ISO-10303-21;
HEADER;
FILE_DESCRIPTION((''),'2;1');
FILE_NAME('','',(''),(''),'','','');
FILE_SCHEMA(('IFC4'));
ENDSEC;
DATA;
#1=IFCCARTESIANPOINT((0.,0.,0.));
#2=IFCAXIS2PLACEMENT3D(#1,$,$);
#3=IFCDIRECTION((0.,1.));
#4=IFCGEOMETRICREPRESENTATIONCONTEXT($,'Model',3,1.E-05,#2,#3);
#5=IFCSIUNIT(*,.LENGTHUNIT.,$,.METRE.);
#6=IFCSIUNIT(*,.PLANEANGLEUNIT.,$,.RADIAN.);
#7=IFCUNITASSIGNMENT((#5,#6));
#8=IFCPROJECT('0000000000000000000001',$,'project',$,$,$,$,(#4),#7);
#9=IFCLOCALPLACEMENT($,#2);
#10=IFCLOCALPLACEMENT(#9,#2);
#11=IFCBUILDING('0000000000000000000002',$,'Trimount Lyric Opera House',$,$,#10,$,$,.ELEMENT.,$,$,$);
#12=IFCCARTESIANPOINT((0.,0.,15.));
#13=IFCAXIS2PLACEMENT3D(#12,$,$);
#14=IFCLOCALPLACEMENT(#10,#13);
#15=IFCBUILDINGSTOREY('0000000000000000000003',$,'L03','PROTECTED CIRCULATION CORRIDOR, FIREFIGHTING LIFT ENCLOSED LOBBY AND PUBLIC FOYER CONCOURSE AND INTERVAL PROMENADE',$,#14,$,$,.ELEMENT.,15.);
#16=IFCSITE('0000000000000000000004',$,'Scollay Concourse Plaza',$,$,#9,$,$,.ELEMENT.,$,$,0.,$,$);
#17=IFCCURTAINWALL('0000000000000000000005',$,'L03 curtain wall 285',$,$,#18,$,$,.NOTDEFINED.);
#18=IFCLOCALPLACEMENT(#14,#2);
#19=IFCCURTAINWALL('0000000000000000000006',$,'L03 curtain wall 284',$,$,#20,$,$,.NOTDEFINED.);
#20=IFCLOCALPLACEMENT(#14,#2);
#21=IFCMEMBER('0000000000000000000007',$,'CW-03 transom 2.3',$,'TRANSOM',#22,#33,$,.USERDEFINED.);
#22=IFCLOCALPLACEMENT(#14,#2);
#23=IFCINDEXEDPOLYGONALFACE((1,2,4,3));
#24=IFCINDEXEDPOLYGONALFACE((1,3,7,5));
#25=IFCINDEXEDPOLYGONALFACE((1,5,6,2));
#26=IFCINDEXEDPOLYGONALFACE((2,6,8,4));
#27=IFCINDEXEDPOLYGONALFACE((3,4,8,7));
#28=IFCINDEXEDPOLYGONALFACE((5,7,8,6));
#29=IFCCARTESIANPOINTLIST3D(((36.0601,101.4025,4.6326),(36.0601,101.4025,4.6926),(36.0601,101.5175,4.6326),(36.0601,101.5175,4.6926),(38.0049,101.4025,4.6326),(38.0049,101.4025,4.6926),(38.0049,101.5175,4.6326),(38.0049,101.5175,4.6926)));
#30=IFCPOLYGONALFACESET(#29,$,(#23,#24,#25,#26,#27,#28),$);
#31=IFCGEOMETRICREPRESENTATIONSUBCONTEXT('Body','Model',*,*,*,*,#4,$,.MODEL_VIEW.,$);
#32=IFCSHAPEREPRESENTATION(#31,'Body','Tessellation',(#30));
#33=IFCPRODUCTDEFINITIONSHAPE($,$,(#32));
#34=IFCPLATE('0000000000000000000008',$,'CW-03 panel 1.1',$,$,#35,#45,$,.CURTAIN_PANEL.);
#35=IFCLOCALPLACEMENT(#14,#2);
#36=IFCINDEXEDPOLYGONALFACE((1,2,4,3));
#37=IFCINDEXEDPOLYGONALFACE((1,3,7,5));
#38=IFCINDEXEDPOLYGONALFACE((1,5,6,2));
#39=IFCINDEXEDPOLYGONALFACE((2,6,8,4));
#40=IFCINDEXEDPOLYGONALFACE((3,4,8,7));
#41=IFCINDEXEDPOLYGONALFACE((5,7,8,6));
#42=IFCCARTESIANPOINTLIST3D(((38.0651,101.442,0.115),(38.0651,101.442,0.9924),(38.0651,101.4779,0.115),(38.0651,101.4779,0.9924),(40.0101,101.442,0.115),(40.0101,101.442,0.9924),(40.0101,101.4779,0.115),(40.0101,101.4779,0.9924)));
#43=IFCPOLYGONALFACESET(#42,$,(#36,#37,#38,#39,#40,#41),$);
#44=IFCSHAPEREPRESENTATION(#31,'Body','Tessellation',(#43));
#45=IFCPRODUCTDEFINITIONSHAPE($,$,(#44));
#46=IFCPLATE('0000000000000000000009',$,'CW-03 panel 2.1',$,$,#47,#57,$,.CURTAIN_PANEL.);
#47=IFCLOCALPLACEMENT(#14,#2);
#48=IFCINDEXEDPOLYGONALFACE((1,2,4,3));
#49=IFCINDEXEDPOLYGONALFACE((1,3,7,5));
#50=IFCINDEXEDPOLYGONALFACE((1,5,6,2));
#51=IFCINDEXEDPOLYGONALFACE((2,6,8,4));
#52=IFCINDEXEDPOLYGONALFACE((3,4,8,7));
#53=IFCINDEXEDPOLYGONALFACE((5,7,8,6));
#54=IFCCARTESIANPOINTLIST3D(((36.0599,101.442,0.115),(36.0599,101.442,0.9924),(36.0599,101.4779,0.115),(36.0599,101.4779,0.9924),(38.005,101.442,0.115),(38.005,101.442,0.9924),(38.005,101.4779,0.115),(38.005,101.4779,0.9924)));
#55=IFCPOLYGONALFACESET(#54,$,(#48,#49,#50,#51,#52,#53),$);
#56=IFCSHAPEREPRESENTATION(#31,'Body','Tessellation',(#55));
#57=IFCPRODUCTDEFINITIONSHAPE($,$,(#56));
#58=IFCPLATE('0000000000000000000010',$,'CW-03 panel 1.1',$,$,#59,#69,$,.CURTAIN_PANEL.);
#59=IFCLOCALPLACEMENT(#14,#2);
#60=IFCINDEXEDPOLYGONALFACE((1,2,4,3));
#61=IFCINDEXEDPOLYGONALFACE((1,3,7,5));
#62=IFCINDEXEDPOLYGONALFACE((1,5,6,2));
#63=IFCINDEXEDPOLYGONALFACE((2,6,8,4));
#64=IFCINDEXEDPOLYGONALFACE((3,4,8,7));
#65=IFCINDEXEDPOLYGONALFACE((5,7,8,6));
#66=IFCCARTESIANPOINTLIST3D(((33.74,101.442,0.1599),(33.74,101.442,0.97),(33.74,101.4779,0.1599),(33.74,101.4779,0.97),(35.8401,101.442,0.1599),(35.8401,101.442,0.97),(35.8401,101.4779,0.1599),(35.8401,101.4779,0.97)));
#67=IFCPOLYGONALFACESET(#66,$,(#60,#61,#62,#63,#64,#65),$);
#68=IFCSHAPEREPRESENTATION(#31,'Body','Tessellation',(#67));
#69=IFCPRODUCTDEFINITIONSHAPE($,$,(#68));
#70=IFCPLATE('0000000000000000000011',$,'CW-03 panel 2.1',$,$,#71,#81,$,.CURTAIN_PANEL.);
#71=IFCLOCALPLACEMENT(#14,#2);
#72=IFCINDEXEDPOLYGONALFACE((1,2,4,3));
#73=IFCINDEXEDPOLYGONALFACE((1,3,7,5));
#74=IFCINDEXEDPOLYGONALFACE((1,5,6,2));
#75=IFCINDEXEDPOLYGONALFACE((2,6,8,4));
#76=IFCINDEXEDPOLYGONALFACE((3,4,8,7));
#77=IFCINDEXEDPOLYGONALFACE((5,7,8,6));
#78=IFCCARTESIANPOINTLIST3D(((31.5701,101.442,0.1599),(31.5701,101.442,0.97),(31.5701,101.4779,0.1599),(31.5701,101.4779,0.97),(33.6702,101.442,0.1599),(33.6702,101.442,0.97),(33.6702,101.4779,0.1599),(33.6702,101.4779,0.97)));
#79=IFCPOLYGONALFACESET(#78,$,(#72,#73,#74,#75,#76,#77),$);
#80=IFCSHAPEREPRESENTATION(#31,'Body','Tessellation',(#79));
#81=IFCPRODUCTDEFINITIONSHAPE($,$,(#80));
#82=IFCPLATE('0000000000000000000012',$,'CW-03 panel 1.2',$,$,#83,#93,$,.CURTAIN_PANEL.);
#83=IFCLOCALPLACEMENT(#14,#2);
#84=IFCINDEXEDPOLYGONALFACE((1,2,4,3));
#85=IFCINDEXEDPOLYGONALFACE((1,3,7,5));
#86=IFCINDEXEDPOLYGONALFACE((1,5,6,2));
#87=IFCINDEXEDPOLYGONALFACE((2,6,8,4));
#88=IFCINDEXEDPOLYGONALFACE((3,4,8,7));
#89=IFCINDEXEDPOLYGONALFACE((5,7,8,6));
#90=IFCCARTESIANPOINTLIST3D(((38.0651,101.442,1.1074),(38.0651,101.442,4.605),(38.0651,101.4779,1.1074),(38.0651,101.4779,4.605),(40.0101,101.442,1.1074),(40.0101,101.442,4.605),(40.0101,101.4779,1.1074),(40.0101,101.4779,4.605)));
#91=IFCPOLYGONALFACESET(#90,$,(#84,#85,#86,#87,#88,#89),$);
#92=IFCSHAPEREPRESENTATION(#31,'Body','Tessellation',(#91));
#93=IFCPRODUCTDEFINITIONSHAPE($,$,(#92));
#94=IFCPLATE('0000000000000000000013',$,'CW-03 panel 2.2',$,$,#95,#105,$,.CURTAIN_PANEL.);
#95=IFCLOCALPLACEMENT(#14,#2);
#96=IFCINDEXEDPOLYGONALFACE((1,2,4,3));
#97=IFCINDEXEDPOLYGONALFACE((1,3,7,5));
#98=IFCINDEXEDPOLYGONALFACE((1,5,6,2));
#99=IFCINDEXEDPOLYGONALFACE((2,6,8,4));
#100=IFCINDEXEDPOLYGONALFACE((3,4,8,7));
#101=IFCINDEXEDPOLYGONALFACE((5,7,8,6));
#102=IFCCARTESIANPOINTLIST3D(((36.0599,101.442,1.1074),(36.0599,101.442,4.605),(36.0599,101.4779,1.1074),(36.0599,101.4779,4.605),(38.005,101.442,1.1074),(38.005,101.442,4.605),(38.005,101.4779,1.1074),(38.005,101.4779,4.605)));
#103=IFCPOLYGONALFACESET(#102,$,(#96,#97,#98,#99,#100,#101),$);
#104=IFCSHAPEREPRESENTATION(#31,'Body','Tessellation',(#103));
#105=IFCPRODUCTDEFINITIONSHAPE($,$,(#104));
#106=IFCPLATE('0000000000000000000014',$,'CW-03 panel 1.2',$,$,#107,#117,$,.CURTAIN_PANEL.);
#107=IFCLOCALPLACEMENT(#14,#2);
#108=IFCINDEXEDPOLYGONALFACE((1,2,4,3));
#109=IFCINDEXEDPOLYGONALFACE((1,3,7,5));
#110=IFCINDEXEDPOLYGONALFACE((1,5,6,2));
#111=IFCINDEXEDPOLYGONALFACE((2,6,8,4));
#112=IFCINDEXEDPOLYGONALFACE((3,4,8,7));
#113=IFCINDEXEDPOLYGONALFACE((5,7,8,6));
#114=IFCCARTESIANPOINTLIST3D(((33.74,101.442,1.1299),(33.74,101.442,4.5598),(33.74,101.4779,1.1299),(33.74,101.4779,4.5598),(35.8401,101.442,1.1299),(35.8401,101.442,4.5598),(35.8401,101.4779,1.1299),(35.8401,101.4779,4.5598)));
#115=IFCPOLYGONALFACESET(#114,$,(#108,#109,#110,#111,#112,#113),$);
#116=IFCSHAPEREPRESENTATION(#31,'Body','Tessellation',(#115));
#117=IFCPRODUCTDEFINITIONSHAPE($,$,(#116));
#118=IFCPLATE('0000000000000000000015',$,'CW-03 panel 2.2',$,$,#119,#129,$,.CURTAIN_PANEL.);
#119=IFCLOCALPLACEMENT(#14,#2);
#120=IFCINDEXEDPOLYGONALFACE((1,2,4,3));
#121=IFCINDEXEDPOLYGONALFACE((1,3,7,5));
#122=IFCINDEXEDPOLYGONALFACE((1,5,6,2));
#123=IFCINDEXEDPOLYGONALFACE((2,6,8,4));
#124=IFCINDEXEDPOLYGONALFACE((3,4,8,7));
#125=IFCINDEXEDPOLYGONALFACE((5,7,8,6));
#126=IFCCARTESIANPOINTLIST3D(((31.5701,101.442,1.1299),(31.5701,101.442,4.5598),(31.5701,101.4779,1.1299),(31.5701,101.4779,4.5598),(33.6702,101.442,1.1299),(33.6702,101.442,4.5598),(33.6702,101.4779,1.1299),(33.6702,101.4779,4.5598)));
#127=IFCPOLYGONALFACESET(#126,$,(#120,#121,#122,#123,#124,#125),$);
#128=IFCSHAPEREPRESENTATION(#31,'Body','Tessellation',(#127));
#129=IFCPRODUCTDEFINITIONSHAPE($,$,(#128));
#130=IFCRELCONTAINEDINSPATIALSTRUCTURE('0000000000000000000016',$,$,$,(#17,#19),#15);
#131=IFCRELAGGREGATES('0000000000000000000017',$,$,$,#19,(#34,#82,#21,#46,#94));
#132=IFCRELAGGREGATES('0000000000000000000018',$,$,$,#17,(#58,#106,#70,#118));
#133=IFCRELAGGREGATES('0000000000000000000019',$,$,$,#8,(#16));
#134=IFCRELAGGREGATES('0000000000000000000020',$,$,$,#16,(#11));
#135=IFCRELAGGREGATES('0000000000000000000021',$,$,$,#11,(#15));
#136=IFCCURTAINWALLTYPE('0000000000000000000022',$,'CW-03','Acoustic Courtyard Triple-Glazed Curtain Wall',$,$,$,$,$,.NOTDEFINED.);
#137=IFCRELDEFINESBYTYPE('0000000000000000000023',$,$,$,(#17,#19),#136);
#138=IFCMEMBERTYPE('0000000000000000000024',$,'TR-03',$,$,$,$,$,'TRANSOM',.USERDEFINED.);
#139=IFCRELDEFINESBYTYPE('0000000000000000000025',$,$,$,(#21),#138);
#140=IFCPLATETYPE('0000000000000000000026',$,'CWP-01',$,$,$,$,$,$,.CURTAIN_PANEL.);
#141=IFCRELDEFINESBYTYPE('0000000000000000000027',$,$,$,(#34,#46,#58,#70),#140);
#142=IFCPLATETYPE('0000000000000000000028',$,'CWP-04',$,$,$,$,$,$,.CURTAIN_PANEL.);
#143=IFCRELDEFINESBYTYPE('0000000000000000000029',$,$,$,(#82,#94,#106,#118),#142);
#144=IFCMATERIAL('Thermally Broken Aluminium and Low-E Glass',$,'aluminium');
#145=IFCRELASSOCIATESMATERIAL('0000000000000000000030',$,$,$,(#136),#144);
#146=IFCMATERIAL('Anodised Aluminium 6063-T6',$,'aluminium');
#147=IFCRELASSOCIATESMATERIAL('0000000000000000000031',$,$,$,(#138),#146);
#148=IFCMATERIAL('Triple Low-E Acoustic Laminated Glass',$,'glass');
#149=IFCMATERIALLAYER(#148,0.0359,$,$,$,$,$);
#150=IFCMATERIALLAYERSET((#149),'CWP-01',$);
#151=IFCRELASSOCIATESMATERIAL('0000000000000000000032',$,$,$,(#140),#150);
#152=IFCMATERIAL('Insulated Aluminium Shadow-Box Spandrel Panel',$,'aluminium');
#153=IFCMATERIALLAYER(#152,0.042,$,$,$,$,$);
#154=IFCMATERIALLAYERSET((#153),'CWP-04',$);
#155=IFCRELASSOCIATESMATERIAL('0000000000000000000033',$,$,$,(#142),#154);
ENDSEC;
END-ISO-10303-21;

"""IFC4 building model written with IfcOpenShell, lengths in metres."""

from ifc_helpers import new_model, si_unit, direction, frame, origin, origin_2d, place, context, subcontext, project, spatial, rectangle, extrude, material, layer, layer_set, material_profile, profile_set, type_object, element, aggregate, save


model = new_model("IFC4")

# Units and contexts
model_context = context("Model", 3, precision=1e-05, world=origin(), true_north=direction((0.0, 1.0)))
body_context = subcontext(model_context, "Body", "Model", "MODEL_VIEW")
ifc_project = project(units=[si_unit("LENGTHUNIT", "METRE"), si_unit("PLANEANGLEUNIT", "RADIAN")], contexts=[model_context])

# Site, building, storey
site_placement = place(None, origin())
site = spatial("IfcSite", under=ifc_project, at=site_placement, Name="Scollay Concourse Plaza", CompositionType="ELEMENT", RefElevation=0.0)
building_placement = place(site_placement, origin())
building = spatial("IfcBuilding", under=site, at=building_placement, Name="Trimount Lyric Opera House", CompositionType="ELEMENT")
storey_placement = place(building_placement, frame((0.0, 0.0, 15.0)))
storey = spatial("IfcBuildingStorey", under=building, at=storey_placement, Name="L03", Description="PROTECTED CIRCULATION CORRIDOR, FIREFIGHTING LIFT ENCLOSED LOBBY AND PUBLIC FOYER CONCOURSE AND INTERVAL PROMENADE", CompositionType="ELEMENT", Elevation=15.0)

# Curtain walls
ifc_material_1 = material(Name="Thermally Broken Aluminium and Low-E Glass", Category="aluminium")
curtain_wall_type = type_object("IfcCurtainWallType", Name="CW-03", Description="Acoustic Courtyard Triple-Glazed Curtain Wall", PredefinedType="NOTDEFINED", material=ifc_material_1)
curtain_wall_1_placement = place(storey_placement, origin())
curtain_wall_1 = element("IfcCurtainWall", 1, at=curtain_wall_1_placement, inside=storey, type_object=curtain_wall_type, Name="L03 curtain wall 285", PredefinedType="NOTDEFINED")
curtain_wall_2_placement = place(storey_placement, origin())
curtain_wall_2 = element("IfcCurtainWall", 2, at=curtain_wall_2_placement, inside=storey, type_object=curtain_wall_type, Name="L03 curtain wall 284", PredefinedType="NOTDEFINED")

# Member
ifc_material_2 = material(Name="Anodised Aluminium 6063-T6", Category="aluminium")
ifc_material_profile_1 = material_profile(ifc_material_2, rectangle(XDim=0.115, YDim=0.0601, at=origin_2d()), Name="ALU-TRAN-60X115")
ifc_profile_set_1 = profile_set([ifc_material_profile_1], Name="Anodised Aluminium 6063-T6")
member_type_1 = type_object("IfcMemberType", Name="TR-03", ElementType="TRANSOM", PredefinedType="USERDEFINED", material=ifc_profile_set_1)
member_1_placement = place(storey_placement, frame((38.0049, 101.46, 4.6626), z_axis=(-1.0, 0.0, 0.0), x_axis=(0.0, -1.0, 0.0)))
member_1 = element("IfcMember", 3, at=member_1_placement, type_object=member_type_1, Name="CW-03 transom 2.3", ObjectType="TRANSOM", PredefinedType="USERDEFINED", context=body_context, shape_type="SweptSolid", body=[
    extrude(rectangle(XDim=0.115, YDim=0.0601, at=origin_2d()), origin(), (0.0, 0.0, 1.0), 1.9448),
])

# Plates
ifc_material_3 = material(Name="Triple Low-E Acoustic Laminated Glass", Category="glass")
ifc_layer_1 = layer(ifc_material_3, 0.0359)
ifc_layer_set_1 = layer_set([ifc_layer_1], Name="CWP-01")
plate_type_1 = type_object("IfcPlateType", Name="CWP-01", PredefinedType="CURTAIN_PANEL", material=ifc_layer_set_1)
plate_1_placement = place(storey_placement, frame((39.0376, 101.46, 0.115), z_axis=(0.0, 0.0, 1.0), x_axis=(-1.0, 0.0, 0.0)))
plate_1 = element("IfcPlate", 4, at=plate_1_placement, type_object=plate_type_1, Name="CW-03 panel 1.1", PredefinedType="CURTAIN_PANEL", context=body_context, shape_type="SweptSolid", body=[
    extrude(rectangle(XDim=1.9451, YDim=0.0359, at=origin_2d()), origin(), (0.0, 0.0, 1.0), 0.8774),
])
plate_2_placement = place(storey_placement, frame((37.0325, 101.46, 0.115), z_axis=(0.0, 0.0, 1.0), x_axis=(-1.0, 0.0, 0.0)))
plate_2 = element("IfcPlate", 5, at=plate_2_placement, type_object=plate_type_1, Name="CW-03 panel 2.1", PredefinedType="CURTAIN_PANEL", context=body_context, shape_type="SweptSolid", body=[
    extrude(rectangle(XDim=1.9451, YDim=0.0359, at=origin_2d()), origin(), (0.0, 0.0, 1.0), 0.8774),
])
plate_3_placement = place(storey_placement, frame((34.79, 101.46, 0.1599), z_axis=(0.0, 0.0, 1.0), x_axis=(-1.0, 0.0, 0.0)))
plate_3 = element("IfcPlate", 6, at=plate_3_placement, type_object=plate_type_1, Name="CW-03 panel 1.1", PredefinedType="CURTAIN_PANEL", context=body_context, shape_type="SweptSolid", body=[
    extrude(rectangle(XDim=2.1001, YDim=0.0359, at=origin_2d()), origin(), (0.0, 0.0, 1.0), 0.8101),
])
plate_4_placement = place(storey_placement, frame((32.6201, 101.46, 0.1599), z_axis=(0.0, 0.0, 1.0), x_axis=(-1.0, 0.0, 0.0)))
plate_4 = element("IfcPlate", 7, at=plate_4_placement, type_object=plate_type_1, Name="CW-03 panel 2.1", PredefinedType="CURTAIN_PANEL", context=body_context, shape_type="SweptSolid", body=[
    extrude(rectangle(XDim=2.1001, YDim=0.0359, at=origin_2d()), origin(), (0.0, 0.0, 1.0), 0.8101),
])
ifc_material_4 = material(Name="Insulated Aluminium Shadow-Box Spandrel Panel", Category="aluminium")
ifc_layer_2 = layer(ifc_material_4, 0.042)
ifc_layer_set_2 = layer_set([ifc_layer_2], Name="CWP-04")
plate_type_2 = type_object("IfcPlateType", Name="CWP-04", PredefinedType="CURTAIN_PANEL", material=ifc_layer_set_2)
plate_5_placement = place(storey_placement, frame((39.0376, 101.46, 1.1074), z_axis=(0.0, 0.0, 1.0), x_axis=(-1.0, 0.0, 0.0)))
plate_5 = element("IfcPlate", 8, at=plate_5_placement, type_object=plate_type_2, Name="CW-03 panel 1.2", PredefinedType="CURTAIN_PANEL", context=body_context, shape_type="SweptSolid", body=[
    extrude(rectangle(XDim=1.9451, YDim=0.0359, at=origin_2d()), origin(), (0.0, 0.0, 1.0), 3.4976),
])
plate_6_placement = place(storey_placement, frame((37.0325, 101.46, 1.1074), z_axis=(0.0, 0.0, 1.0), x_axis=(-1.0, 0.0, 0.0)))
plate_6 = element("IfcPlate", 9, at=plate_6_placement, type_object=plate_type_2, Name="CW-03 panel 2.2", PredefinedType="CURTAIN_PANEL", context=body_context, shape_type="SweptSolid", body=[
    extrude(rectangle(XDim=1.9451, YDim=0.0359, at=origin_2d()), origin(), (0.0, 0.0, 1.0), 3.4976),
])
aggregate(curtain_wall_2, [plate_1, plate_5, member_1, plate_2, plate_6])
plate_7_placement = place(storey_placement, frame((34.79, 101.46, 1.1299), z_axis=(0.0, 0.0, 1.0), x_axis=(-1.0, 0.0, 0.0)))
plate_7 = element("IfcPlate", 10, at=plate_7_placement, type_object=plate_type_2, Name="CW-03 panel 1.2", PredefinedType="CURTAIN_PANEL", context=body_context, shape_type="SweptSolid", body=[
    extrude(rectangle(XDim=2.1001, YDim=0.0359, at=origin_2d()), origin(), (0.0, 0.0, 1.0), 3.4299),
])
plate_8_placement = place(storey_placement, frame((32.6201, 101.46, 1.1299), z_axis=(0.0, 0.0, 1.0), x_axis=(-1.0, 0.0, 0.0)))
plate_8 = element("IfcPlate", 11, at=plate_8_placement, type_object=plate_type_2, Name="CW-03 panel 2.2", PredefinedType="CURTAIN_PANEL", context=body_context, shape_type="SweptSolid", body=[
    extrude(rectangle(XDim=2.1001, YDim=0.0359, at=origin_2d()), origin(), (0.0, 0.0, 1.0), 3.4299),
])
aggregate(curtain_wall_1, [plate_3, plate_7, plate_4, plate_8])

save(model, "model.ifc")
